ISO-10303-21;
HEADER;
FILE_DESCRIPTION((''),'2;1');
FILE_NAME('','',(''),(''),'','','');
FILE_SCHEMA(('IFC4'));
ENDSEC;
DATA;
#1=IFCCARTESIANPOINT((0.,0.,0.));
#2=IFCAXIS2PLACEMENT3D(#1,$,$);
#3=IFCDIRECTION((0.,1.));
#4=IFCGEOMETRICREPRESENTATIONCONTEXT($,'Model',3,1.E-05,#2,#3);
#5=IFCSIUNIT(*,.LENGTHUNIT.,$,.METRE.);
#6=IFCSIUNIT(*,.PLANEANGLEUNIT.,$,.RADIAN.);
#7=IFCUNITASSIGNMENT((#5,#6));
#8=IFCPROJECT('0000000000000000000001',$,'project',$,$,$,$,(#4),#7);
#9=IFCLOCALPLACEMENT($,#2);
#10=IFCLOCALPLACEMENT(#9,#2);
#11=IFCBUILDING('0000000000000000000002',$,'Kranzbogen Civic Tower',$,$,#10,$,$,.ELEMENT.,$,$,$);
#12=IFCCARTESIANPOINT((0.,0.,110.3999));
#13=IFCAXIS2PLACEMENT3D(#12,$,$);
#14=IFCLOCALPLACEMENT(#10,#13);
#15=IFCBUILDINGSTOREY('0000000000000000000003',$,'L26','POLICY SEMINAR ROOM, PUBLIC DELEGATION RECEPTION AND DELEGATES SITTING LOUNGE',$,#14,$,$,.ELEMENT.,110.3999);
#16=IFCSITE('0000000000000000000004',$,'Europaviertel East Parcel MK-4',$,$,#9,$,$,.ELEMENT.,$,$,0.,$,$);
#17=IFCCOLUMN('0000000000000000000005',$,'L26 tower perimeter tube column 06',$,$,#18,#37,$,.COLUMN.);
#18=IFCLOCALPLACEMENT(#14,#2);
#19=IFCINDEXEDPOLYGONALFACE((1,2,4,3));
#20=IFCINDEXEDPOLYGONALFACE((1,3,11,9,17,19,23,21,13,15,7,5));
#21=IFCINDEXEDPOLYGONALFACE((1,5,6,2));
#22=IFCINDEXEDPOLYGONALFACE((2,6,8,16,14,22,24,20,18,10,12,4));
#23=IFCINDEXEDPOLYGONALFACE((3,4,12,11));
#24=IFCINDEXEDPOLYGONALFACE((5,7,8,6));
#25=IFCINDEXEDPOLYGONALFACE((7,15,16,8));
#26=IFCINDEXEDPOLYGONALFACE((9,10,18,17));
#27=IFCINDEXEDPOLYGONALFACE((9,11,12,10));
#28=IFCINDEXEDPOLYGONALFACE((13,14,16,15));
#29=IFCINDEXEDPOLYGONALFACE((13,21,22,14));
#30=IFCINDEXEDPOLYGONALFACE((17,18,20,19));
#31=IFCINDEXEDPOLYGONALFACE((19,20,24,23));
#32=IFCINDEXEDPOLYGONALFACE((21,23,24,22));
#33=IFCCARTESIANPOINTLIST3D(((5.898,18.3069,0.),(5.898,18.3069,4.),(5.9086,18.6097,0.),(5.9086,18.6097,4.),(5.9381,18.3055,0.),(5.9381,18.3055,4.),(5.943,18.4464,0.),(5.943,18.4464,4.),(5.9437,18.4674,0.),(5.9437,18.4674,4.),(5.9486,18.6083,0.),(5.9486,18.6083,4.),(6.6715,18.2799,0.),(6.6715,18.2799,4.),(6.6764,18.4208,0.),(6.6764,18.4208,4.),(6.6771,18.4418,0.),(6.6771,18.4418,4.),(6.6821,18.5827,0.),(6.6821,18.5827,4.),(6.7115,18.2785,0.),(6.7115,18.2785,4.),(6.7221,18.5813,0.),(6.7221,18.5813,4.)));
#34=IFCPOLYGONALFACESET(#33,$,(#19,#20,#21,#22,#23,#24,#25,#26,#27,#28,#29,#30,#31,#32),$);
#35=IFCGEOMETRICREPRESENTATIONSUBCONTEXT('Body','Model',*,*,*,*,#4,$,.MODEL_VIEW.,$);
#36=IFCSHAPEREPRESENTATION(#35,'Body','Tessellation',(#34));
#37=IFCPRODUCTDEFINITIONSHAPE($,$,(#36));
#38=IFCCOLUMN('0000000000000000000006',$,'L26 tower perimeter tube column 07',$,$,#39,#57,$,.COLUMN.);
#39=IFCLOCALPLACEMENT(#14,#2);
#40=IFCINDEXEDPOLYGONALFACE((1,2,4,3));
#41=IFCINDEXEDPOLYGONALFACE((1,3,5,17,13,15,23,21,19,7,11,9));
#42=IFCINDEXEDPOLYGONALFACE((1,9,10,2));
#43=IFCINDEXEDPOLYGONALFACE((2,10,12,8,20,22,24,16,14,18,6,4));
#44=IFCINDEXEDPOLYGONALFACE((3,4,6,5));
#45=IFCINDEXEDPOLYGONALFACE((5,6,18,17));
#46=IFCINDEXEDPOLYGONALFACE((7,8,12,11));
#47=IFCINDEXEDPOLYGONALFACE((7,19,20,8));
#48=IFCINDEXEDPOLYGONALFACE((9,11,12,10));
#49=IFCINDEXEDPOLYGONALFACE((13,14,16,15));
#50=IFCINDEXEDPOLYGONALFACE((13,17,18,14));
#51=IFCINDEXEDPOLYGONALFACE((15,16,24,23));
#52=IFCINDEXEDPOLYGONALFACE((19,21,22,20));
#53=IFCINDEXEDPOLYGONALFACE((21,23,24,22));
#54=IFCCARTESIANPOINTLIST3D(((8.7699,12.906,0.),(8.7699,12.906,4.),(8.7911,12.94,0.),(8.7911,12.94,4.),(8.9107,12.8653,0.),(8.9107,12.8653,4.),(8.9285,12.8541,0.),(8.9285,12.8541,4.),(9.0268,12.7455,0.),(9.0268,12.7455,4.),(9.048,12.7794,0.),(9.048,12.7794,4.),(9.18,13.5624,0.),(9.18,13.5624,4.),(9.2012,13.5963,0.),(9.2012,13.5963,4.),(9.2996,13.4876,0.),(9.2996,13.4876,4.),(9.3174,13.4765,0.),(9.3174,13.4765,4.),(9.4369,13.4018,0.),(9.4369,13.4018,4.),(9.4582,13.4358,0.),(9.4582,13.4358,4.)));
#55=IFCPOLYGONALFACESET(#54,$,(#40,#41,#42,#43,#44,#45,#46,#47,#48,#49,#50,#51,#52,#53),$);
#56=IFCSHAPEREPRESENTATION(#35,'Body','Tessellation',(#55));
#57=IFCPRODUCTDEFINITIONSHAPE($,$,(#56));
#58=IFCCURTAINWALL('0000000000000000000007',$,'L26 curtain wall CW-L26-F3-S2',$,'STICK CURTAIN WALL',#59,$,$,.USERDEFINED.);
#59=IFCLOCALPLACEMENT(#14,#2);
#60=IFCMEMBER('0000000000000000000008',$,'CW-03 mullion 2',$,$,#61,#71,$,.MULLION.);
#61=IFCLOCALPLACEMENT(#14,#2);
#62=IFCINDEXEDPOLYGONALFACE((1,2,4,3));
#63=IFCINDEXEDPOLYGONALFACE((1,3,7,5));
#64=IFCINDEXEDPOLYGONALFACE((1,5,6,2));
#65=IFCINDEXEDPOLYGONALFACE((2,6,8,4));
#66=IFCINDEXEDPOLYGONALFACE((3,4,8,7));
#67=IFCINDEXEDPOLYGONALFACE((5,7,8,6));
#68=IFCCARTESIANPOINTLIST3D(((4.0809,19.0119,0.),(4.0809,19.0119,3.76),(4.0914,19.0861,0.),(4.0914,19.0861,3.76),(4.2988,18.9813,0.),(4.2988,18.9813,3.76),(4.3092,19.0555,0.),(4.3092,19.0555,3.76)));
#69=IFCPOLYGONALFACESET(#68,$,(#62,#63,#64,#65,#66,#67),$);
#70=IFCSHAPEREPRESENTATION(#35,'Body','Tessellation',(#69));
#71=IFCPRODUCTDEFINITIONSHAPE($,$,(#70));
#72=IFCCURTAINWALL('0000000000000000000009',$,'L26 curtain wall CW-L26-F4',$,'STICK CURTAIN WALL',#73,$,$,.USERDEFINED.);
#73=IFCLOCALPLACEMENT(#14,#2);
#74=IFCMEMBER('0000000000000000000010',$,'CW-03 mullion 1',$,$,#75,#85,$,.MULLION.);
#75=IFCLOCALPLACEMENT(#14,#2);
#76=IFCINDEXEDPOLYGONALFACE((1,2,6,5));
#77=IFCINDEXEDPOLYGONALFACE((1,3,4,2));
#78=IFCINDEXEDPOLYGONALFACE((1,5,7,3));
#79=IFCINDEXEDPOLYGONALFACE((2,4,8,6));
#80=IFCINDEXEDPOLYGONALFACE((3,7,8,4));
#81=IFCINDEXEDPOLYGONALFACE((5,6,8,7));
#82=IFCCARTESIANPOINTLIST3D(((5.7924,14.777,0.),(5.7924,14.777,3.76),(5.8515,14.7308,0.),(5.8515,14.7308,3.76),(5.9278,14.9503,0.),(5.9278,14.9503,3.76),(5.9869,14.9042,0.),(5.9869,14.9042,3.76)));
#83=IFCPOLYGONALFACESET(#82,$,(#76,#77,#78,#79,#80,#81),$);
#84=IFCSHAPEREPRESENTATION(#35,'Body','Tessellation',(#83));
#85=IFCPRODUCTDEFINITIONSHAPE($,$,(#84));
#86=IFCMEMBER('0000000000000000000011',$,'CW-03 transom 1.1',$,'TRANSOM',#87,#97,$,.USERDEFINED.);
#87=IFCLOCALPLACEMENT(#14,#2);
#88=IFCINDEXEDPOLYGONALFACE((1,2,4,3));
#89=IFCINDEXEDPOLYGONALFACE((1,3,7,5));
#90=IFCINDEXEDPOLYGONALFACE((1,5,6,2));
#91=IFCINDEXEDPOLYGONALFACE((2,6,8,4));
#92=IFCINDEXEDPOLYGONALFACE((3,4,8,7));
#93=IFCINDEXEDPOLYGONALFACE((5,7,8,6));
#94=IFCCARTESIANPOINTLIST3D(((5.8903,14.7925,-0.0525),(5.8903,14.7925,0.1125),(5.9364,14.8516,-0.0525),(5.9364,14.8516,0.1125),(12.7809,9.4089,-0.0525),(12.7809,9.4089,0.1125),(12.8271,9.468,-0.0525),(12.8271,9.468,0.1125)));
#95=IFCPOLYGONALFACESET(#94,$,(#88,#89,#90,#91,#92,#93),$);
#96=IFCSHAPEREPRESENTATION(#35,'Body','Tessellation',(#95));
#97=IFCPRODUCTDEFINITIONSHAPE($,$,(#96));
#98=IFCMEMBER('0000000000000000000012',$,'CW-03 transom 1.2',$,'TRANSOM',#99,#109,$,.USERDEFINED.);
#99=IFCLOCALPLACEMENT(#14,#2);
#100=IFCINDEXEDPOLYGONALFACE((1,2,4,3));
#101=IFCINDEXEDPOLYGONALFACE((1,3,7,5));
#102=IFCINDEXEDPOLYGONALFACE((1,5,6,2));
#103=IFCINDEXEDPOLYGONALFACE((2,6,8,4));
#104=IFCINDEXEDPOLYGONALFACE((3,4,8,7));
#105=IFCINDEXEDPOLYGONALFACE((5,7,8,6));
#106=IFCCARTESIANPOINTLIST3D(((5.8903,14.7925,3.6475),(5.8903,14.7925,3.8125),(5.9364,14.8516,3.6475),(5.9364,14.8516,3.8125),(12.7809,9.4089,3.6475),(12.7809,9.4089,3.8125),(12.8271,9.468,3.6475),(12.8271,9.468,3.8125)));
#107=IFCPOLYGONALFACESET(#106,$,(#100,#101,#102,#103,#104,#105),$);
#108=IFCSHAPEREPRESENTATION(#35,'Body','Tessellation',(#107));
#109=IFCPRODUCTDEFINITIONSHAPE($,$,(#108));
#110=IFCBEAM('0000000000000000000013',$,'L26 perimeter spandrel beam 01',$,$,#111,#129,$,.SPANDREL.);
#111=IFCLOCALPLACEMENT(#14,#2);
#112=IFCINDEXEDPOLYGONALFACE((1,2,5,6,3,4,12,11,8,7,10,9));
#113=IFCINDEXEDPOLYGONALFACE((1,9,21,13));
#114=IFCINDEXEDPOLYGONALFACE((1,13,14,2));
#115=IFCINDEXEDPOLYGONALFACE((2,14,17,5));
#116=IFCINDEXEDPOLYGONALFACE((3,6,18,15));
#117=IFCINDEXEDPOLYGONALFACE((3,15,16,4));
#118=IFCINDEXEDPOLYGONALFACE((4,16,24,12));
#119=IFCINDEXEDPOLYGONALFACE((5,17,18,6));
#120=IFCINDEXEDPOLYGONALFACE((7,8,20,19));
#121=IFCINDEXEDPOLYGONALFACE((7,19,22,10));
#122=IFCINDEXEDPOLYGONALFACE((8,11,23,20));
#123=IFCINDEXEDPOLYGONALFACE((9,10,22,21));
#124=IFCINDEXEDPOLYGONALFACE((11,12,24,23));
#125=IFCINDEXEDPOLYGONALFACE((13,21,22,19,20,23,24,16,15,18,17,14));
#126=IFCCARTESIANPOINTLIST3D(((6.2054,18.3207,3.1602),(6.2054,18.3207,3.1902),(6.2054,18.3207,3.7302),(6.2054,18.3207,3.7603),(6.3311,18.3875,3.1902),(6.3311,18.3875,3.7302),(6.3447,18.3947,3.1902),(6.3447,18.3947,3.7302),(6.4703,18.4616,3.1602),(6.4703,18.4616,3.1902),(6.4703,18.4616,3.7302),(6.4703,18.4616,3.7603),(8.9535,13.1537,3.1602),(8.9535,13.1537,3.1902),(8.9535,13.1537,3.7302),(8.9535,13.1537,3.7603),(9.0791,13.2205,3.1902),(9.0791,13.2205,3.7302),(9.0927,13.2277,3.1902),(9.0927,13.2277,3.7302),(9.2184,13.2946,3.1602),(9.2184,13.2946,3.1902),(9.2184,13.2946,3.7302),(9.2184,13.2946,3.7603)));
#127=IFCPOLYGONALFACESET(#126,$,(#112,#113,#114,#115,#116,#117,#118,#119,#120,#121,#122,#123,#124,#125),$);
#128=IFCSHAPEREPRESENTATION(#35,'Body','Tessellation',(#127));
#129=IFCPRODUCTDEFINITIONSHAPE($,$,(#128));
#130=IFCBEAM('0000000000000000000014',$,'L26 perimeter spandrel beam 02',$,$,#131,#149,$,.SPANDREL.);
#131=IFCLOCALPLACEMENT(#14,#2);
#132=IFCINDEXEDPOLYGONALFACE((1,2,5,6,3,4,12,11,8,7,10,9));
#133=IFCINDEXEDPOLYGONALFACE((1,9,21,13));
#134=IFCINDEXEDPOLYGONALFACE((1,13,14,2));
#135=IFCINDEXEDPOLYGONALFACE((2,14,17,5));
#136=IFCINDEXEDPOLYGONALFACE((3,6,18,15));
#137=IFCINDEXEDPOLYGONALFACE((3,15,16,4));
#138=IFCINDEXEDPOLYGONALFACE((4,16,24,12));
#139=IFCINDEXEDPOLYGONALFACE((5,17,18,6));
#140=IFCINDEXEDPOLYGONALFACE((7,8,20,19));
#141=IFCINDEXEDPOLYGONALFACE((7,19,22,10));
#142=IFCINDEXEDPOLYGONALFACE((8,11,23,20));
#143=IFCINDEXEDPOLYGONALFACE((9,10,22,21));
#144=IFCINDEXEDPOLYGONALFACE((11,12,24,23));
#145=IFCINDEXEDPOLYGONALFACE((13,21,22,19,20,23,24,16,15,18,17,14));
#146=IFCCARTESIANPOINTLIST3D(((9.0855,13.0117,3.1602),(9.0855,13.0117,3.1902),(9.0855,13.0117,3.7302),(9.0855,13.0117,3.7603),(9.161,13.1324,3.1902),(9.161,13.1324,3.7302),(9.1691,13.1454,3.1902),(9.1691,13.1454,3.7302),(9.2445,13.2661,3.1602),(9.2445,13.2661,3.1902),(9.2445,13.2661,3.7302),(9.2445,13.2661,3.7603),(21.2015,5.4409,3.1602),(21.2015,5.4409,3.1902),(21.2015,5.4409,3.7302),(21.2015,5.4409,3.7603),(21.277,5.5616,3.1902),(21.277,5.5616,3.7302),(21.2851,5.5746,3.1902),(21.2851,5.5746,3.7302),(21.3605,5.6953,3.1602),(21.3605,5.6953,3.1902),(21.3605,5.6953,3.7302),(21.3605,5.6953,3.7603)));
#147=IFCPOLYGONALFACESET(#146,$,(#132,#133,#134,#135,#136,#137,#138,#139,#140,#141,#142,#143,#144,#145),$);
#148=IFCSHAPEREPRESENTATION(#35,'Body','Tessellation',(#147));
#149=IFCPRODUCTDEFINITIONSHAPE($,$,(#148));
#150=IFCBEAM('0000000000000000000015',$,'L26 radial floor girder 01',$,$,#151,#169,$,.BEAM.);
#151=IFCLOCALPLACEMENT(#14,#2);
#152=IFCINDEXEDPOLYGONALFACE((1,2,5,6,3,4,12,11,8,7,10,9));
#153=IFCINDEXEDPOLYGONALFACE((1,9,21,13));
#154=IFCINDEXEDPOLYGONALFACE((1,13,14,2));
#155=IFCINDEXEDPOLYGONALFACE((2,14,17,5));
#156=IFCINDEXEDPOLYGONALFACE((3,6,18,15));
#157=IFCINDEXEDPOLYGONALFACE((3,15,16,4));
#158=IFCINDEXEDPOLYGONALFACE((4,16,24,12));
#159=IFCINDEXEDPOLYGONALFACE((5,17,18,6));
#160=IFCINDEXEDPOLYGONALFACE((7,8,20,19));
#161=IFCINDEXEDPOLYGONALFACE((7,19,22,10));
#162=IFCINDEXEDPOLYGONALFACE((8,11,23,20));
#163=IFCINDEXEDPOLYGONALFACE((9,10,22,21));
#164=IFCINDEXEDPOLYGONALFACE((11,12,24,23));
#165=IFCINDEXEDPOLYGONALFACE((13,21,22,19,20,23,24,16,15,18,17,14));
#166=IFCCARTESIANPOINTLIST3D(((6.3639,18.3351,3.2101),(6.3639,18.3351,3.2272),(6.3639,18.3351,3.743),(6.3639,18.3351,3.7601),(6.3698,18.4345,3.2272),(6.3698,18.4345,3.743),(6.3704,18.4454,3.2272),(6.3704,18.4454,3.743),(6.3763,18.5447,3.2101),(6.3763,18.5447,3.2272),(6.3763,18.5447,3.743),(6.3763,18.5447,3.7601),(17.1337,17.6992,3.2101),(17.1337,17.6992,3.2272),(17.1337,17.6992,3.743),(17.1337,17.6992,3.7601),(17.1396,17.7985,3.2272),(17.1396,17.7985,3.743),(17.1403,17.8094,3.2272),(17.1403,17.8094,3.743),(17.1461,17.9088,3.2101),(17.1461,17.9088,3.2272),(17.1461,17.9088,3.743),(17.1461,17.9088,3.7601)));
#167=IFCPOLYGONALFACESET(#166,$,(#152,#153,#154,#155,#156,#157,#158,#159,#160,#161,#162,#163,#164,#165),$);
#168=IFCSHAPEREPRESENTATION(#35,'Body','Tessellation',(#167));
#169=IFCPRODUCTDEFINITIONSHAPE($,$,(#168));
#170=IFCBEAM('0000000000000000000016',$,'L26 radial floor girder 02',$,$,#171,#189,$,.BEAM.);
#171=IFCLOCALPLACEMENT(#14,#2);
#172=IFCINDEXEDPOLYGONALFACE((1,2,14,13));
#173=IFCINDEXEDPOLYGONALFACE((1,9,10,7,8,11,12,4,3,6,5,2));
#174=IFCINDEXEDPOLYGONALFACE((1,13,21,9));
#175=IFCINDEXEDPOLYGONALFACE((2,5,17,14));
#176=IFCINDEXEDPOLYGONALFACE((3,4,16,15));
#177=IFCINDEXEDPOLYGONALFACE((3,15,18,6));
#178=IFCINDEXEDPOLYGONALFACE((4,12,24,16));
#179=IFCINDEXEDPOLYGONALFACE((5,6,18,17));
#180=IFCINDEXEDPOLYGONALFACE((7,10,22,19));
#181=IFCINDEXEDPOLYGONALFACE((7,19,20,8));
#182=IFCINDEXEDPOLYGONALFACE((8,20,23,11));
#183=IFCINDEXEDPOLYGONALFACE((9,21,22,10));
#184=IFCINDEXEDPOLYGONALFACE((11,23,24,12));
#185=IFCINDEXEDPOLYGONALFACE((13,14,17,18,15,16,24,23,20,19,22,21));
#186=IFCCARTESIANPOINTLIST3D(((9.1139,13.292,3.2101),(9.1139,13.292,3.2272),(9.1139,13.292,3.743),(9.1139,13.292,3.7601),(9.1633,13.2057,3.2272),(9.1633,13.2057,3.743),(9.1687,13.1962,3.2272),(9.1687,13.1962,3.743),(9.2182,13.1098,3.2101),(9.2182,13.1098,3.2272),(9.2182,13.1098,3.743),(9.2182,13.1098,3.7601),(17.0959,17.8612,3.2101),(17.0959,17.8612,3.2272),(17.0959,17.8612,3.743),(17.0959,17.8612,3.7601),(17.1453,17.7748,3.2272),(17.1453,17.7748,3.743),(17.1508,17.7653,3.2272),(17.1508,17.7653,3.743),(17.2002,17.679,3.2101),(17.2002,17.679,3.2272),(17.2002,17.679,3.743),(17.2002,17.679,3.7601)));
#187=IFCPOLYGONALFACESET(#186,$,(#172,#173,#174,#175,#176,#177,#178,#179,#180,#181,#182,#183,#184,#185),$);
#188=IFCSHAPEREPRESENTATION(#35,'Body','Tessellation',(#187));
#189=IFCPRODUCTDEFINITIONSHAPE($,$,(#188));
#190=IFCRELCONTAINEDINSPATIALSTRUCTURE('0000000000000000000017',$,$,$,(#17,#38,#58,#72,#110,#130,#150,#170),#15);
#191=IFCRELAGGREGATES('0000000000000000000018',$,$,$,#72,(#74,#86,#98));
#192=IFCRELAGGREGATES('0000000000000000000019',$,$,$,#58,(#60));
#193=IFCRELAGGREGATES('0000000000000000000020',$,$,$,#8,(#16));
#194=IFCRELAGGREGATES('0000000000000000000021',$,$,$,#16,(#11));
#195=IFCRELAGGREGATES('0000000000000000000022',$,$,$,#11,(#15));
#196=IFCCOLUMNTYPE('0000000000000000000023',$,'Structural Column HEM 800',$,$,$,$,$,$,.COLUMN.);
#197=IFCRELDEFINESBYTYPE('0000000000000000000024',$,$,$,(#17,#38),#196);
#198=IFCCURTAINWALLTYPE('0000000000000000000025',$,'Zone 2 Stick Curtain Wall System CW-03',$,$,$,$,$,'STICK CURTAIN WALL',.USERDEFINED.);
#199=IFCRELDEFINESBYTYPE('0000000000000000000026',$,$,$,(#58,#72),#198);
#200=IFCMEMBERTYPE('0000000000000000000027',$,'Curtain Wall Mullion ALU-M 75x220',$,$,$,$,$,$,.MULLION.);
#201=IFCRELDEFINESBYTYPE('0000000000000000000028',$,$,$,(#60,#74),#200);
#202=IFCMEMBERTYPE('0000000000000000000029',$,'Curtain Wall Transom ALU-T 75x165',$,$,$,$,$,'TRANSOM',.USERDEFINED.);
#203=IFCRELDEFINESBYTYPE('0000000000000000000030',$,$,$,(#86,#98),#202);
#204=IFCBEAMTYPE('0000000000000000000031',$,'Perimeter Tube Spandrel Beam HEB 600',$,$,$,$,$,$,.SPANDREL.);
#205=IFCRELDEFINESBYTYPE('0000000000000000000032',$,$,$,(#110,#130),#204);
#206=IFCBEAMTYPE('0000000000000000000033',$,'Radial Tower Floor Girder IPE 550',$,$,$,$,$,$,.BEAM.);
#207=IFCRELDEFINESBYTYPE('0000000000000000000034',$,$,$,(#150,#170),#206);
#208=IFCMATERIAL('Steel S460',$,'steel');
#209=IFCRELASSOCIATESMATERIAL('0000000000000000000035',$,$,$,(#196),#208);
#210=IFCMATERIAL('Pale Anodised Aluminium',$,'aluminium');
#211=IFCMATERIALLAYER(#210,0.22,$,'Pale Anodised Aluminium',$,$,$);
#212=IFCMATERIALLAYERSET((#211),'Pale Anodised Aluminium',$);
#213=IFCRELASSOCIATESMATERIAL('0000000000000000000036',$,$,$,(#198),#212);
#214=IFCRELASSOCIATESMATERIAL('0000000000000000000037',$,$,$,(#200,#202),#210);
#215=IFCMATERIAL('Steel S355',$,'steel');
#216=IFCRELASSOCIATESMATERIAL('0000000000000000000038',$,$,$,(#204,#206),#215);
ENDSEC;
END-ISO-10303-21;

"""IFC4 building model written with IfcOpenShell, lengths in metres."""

from ifc_helpers import new_model, si_unit, direction, frame, origin, origin_2d, place, context, subcontext, project, spatial, rectangle, i_section, extrude, material, layer, layer_set, material_profile, profile_set, type_object, element, aggregate, save


model = new_model("IFC4")

# Units and contexts
model_context = context("Model", 3, precision=1e-05, world=origin(), true_north=direction((0.0, 1.0)))
body_context = subcontext(model_context, "Body", "Model", "MODEL_VIEW")
ifc_project = project(units=[si_unit("LENGTHUNIT", "METRE"), si_unit("PLANEANGLEUNIT", "RADIAN")], contexts=[model_context])

# Site, building, storey
site_placement = place(None, origin())
site = spatial("IfcSite", under=ifc_project, at=site_placement, Name="Europaviertel East Parcel MK-4", CompositionType="ELEMENT", RefElevation=0.0)
building_placement = place(site_placement, origin())
building = spatial("IfcBuilding", under=site, at=building_placement, Name="Kranzbogen Civic Tower", CompositionType="ELEMENT")
storey_placement = place(building_placement, frame((0.0, 0.0, 110.3999)))
storey = spatial("IfcBuildingStorey", under=building, at=storey_placement, Name="L26", Description="POLICY SEMINAR ROOM, PUBLIC DELEGATION RECEPTION AND DELEGATES SITTING LOUNGE", CompositionType="ELEMENT", Elevation=110.3999)

# Columns
ifc_material_1 = material(Name="Steel S460", Category="steel")
ifc_material_profile_1 = material_profile(ifc_material_1, i_section(OverallWidth=0.303, OverallDepth=0.814, WebThickness=0.021, FlangeThickness=0.04, at=origin_2d()), Name="HEM 800")
ifc_profile_set_1 = profile_set([ifc_material_profile_1], Name="Steel S460")
column_type = type_object("IfcColumnType", Name="Structural Column HEM 800", PredefinedType="COLUMN", material=ifc_profile_set_1)
for number, where, z_axis, x_axis, name in (
    (1, (6.3101, 18.4441, 0.0), (0.0, 0.0, 1.0), (0.034899, 0.999391, 0.0), "L26 tower perimeter tube column 06"),
    (2, (9.114, 13.1709, 0.0), (0.0, 0.0, 1.0), (-0.848048, 0.529919, 0.0), "L26 tower perimeter tube column 07"),
):
    element("IfcColumn", number, at=place(storey_placement, frame(where, z_axis=z_axis, x_axis=x_axis)), inside=storey, type_object=column_type, Name=name, PredefinedType="COLUMN", context=body_context, shape_type="SweptSolid", body=[
        extrude(i_section(OverallWidth=0.303, OverallDepth=0.814, WebThickness=0.021, FlangeThickness=0.04, at=origin_2d()), origin(), (0.0, 0.0, 1.0), 4.0),
    ])

# Curtain wall, member
ifc_material_2 = material(Name="Pale Anodised Aluminium", Category="aluminium")
ifc_layer_1 = layer(ifc_material_2, 0.22, Name="Pale Anodised Aluminium")
ifc_layer_set_1 = layer_set([ifc_layer_1], Name="Pale Anodised Aluminium")
curtain_wall_type = type_object("IfcCurtainWallType", Name="Zone 2 Stick Curtain Wall System CW-03", ElementType="STICK CURTAIN WALL", PredefinedType="USERDEFINED", material=ifc_layer_set_1)
curtain_wall_1_placement = place(storey_placement, origin())
curtain_wall_1 = element("IfcCurtainWall", 3, at=curtain_wall_1_placement, inside=storey, type_object=curtain_wall_type, Name="L26 curtain wall CW-L26-F3-S2", ObjectType="STICK CURTAIN WALL", PredefinedType="USERDEFINED")
ifc_material_profile_2 = material_profile(ifc_material_2, rectangle(XDim=0.075, YDim=0.22, at=origin_2d()), Name="ALU-M 75x220")
ifc_profile_set_2 = profile_set([ifc_material_profile_2], Name="Pale Anodised Aluminium")
member_type_1 = type_object("IfcMemberType", Name="Curtain Wall Mullion ALU-M 75x220", PredefinedType="MULLION", material=ifc_profile_set_2)
member_1_placement = place(storey_placement, frame((4.1951, 19.0337, 0.0), z_axis=(0.0, 0.0, 1.0), x_axis=(-0.13911, -0.990277, 0.0)))
member_1 = element("IfcMember", 4, at=member_1_placement, type_object=member_type_1, Name="CW-03 mullion 2", PredefinedType="MULLION", context=body_context, shape_type="SweptSolid", body=[
    extrude(rectangle(XDim=0.075, YDim=0.22, at=origin_2d()), origin(), (0.0, 0.0, 1.0), 3.76),
])

# Curtain wall, members
curtain_wall_2_placement = place(storey_placement, origin())
curtain_wall_2 = element("IfcCurtainWall", 5, at=curtain_wall_2_placement, inside=storey, type_object=curtain_wall_type, Name="L26 curtain wall CW-L26-F4", ObjectType="STICK CURTAIN WALL", PredefinedType="USERDEFINED")
member_2_placement = place(storey_placement, frame((5.8896, 14.8406, 0.0), z_axis=(0.0, 0.0, 1.0), x_axis=(0.788006, -0.615667, 0.0)))
member_2 = element("IfcMember", 6, at=member_2_placement, type_object=member_type_1, Name="CW-03 mullion 1", PredefinedType="MULLION", context=body_context, shape_type="SweptSolid", body=[
    extrude(rectangle(XDim=0.075, YDim=0.22, at=origin_2d()), origin(), (0.0, 0.0, 1.0), 3.76),
])
ifc_material_profile_3 = material_profile(ifc_material_2, rectangle(XDim=0.075, YDim=0.165, at=origin_2d()), Name="ALU-T 75x165")
ifc_profile_set_3 = profile_set([ifc_material_profile_3], Name="Pale Anodised Aluminium")
member_type_2 = type_object("IfcMemberType", Name="Curtain Wall Transom ALU-T 75x165", ElementType="TRANSOM", PredefinedType="USERDEFINED", material=ifc_profile_set_3)
member_3_placement = place(storey_placement, frame((5.9133, 14.822, 0.03), z_axis=(0.788011, -0.615661, 0.0), x_axis=(0.615661, 0.788011, 0.0)))
member_3 = element("IfcMember", 7, at=member_3_placement, type_object=member_type_2, Name="CW-03 transom 1.1", ObjectType="TRANSOM", PredefinedType="USERDEFINED", context=body_context, shape_type="SweptSolid", body=[
    extrude(rectangle(XDim=0.075, YDim=0.165, at=origin_2d()), origin(), (0.0, 0.0, 1.0), 8.7444),
])
member_4_placement = place(storey_placement, frame((5.9133, 14.822, 3.73), z_axis=(0.788011, -0.615661, 0.0), x_axis=(0.615661, 0.788011, 0.0)))
member_4 = element("IfcMember", 8, at=member_4_placement, type_object=member_type_2, Name="CW-03 transom 1.2", ObjectType="TRANSOM", PredefinedType="USERDEFINED", context=body_context, shape_type="SweptSolid", body=[
    extrude(rectangle(XDim=0.075, YDim=0.165, at=origin_2d()), origin(), (0.0, 0.0, 1.0), 8.7444),
])
aggregate(curtain_wall_2, [member_2, member_3, member_4])

# Beams
ifc_material_3 = material(Name="Steel S355", Category="steel")
ifc_material_profile_4 = material_profile(ifc_material_3, i_section(OverallWidth=0.3, OverallDepth=0.6001, WebThickness=0.0154, FlangeThickness=0.03, at=origin_2d()), Name="HEB 600")
ifc_profile_set_4 = profile_set([ifc_material_profile_4], Name="Steel S355")
beam_type_1 = type_object("IfcBeamType", Name="Perimeter Tube Spandrel Beam HEB 600", PredefinedType="SPANDREL", material=ifc_profile_set_4)
beam_1_placement = place(storey_placement, frame((6.3379, 18.3911, 3.4602), z_axis=(0.469566, -0.882897, 0.0), x_axis=(0.882897, 0.469566, 0.0)))
element("IfcBeam", 9, at=beam_1_placement, inside=storey, type_object=beam_type_1, Name="L26 perimeter spandrel beam 01", PredefinedType="SPANDREL", context=body_context, shape_type="SweptSolid", body=[
    extrude(i_section(OverallWidth=0.3, OverallDepth=0.6001, WebThickness=0.0154, FlangeThickness=0.03, at=origin_2d()), origin(), (0.0, 0.0, 1.0), 5.8523),
])
beam_2_placement = place(storey_placement, frame((9.165, 13.1389, 3.4602), z_axis=(0.848051, -0.529914, 0.0), x_axis=(0.529914, 0.848051, 0.0)))
element("IfcBeam", 10, at=beam_2_placement, inside=storey, type_object=beam_type_1, Name="L26 perimeter spandrel beam 02", PredefinedType="SPANDREL", context=body_context, shape_type="SweptSolid", body=[
    extrude(i_section(OverallWidth=0.3, OverallDepth=0.6001, WebThickness=0.0154, FlangeThickness=0.03, at=origin_2d()), origin(), (0.0, 0.0, 1.0), 14.2869),
])
ifc_material_profile_5 = material_profile(ifc_material_3, i_section(OverallWidth=0.21, OverallDepth=0.55, WebThickness=0.011, FlangeThickness=0.0171, at=origin_2d()), Name="IPE 550")
ifc_profile_set_5 = profile_set([ifc_material_profile_5], Name="Steel S355")
beam_type_2 = type_object("IfcBeamType", Name="Radial Tower Floor Girder IPE 550", PredefinedType="BEAM", material=ifc_profile_set_5)
beam_3_placement = place(storey_placement, frame((6.3701, 18.4399, 3.4851), z_axis=(0.998261, -0.05895, 0.0), x_axis=(0.05895, 0.998261, 0.0)))
element("IfcBeam", 11, at=beam_3_placement, inside=storey, type_object=beam_type_2, Name="L26 radial floor girder 01", PredefinedType="BEAM", context=body_context, shape_type="SweptSolid", body=[
    extrude(i_section(OverallWidth=0.21, OverallDepth=0.55, WebThickness=0.011, FlangeThickness=0.0171, at=origin_2d()), origin(), (0.0, 0.0, 1.0), 10.7886),
])
beam_4_placement = place(storey_placement, frame((9.166, 13.2009, 3.4851), z_axis=(0.867869, 0.496793, 0.0), x_axis=(-0.496793, 0.867869, 0.0)))
element("IfcBeam", 12, at=beam_4_placement, inside=storey, type_object=beam_type_2, Name="L26 radial floor girder 02", PredefinedType="BEAM", context=body_context, shape_type="SweptSolid", body=[
    extrude(i_section(OverallWidth=0.21, OverallDepth=0.55, WebThickness=0.011, FlangeThickness=0.0171, at=origin_2d()), origin(), (0.0, 0.0, 1.0), 9.1973),
])

aggregate(curtain_wall_1, [member_1])

save(model, "model.ifc")
